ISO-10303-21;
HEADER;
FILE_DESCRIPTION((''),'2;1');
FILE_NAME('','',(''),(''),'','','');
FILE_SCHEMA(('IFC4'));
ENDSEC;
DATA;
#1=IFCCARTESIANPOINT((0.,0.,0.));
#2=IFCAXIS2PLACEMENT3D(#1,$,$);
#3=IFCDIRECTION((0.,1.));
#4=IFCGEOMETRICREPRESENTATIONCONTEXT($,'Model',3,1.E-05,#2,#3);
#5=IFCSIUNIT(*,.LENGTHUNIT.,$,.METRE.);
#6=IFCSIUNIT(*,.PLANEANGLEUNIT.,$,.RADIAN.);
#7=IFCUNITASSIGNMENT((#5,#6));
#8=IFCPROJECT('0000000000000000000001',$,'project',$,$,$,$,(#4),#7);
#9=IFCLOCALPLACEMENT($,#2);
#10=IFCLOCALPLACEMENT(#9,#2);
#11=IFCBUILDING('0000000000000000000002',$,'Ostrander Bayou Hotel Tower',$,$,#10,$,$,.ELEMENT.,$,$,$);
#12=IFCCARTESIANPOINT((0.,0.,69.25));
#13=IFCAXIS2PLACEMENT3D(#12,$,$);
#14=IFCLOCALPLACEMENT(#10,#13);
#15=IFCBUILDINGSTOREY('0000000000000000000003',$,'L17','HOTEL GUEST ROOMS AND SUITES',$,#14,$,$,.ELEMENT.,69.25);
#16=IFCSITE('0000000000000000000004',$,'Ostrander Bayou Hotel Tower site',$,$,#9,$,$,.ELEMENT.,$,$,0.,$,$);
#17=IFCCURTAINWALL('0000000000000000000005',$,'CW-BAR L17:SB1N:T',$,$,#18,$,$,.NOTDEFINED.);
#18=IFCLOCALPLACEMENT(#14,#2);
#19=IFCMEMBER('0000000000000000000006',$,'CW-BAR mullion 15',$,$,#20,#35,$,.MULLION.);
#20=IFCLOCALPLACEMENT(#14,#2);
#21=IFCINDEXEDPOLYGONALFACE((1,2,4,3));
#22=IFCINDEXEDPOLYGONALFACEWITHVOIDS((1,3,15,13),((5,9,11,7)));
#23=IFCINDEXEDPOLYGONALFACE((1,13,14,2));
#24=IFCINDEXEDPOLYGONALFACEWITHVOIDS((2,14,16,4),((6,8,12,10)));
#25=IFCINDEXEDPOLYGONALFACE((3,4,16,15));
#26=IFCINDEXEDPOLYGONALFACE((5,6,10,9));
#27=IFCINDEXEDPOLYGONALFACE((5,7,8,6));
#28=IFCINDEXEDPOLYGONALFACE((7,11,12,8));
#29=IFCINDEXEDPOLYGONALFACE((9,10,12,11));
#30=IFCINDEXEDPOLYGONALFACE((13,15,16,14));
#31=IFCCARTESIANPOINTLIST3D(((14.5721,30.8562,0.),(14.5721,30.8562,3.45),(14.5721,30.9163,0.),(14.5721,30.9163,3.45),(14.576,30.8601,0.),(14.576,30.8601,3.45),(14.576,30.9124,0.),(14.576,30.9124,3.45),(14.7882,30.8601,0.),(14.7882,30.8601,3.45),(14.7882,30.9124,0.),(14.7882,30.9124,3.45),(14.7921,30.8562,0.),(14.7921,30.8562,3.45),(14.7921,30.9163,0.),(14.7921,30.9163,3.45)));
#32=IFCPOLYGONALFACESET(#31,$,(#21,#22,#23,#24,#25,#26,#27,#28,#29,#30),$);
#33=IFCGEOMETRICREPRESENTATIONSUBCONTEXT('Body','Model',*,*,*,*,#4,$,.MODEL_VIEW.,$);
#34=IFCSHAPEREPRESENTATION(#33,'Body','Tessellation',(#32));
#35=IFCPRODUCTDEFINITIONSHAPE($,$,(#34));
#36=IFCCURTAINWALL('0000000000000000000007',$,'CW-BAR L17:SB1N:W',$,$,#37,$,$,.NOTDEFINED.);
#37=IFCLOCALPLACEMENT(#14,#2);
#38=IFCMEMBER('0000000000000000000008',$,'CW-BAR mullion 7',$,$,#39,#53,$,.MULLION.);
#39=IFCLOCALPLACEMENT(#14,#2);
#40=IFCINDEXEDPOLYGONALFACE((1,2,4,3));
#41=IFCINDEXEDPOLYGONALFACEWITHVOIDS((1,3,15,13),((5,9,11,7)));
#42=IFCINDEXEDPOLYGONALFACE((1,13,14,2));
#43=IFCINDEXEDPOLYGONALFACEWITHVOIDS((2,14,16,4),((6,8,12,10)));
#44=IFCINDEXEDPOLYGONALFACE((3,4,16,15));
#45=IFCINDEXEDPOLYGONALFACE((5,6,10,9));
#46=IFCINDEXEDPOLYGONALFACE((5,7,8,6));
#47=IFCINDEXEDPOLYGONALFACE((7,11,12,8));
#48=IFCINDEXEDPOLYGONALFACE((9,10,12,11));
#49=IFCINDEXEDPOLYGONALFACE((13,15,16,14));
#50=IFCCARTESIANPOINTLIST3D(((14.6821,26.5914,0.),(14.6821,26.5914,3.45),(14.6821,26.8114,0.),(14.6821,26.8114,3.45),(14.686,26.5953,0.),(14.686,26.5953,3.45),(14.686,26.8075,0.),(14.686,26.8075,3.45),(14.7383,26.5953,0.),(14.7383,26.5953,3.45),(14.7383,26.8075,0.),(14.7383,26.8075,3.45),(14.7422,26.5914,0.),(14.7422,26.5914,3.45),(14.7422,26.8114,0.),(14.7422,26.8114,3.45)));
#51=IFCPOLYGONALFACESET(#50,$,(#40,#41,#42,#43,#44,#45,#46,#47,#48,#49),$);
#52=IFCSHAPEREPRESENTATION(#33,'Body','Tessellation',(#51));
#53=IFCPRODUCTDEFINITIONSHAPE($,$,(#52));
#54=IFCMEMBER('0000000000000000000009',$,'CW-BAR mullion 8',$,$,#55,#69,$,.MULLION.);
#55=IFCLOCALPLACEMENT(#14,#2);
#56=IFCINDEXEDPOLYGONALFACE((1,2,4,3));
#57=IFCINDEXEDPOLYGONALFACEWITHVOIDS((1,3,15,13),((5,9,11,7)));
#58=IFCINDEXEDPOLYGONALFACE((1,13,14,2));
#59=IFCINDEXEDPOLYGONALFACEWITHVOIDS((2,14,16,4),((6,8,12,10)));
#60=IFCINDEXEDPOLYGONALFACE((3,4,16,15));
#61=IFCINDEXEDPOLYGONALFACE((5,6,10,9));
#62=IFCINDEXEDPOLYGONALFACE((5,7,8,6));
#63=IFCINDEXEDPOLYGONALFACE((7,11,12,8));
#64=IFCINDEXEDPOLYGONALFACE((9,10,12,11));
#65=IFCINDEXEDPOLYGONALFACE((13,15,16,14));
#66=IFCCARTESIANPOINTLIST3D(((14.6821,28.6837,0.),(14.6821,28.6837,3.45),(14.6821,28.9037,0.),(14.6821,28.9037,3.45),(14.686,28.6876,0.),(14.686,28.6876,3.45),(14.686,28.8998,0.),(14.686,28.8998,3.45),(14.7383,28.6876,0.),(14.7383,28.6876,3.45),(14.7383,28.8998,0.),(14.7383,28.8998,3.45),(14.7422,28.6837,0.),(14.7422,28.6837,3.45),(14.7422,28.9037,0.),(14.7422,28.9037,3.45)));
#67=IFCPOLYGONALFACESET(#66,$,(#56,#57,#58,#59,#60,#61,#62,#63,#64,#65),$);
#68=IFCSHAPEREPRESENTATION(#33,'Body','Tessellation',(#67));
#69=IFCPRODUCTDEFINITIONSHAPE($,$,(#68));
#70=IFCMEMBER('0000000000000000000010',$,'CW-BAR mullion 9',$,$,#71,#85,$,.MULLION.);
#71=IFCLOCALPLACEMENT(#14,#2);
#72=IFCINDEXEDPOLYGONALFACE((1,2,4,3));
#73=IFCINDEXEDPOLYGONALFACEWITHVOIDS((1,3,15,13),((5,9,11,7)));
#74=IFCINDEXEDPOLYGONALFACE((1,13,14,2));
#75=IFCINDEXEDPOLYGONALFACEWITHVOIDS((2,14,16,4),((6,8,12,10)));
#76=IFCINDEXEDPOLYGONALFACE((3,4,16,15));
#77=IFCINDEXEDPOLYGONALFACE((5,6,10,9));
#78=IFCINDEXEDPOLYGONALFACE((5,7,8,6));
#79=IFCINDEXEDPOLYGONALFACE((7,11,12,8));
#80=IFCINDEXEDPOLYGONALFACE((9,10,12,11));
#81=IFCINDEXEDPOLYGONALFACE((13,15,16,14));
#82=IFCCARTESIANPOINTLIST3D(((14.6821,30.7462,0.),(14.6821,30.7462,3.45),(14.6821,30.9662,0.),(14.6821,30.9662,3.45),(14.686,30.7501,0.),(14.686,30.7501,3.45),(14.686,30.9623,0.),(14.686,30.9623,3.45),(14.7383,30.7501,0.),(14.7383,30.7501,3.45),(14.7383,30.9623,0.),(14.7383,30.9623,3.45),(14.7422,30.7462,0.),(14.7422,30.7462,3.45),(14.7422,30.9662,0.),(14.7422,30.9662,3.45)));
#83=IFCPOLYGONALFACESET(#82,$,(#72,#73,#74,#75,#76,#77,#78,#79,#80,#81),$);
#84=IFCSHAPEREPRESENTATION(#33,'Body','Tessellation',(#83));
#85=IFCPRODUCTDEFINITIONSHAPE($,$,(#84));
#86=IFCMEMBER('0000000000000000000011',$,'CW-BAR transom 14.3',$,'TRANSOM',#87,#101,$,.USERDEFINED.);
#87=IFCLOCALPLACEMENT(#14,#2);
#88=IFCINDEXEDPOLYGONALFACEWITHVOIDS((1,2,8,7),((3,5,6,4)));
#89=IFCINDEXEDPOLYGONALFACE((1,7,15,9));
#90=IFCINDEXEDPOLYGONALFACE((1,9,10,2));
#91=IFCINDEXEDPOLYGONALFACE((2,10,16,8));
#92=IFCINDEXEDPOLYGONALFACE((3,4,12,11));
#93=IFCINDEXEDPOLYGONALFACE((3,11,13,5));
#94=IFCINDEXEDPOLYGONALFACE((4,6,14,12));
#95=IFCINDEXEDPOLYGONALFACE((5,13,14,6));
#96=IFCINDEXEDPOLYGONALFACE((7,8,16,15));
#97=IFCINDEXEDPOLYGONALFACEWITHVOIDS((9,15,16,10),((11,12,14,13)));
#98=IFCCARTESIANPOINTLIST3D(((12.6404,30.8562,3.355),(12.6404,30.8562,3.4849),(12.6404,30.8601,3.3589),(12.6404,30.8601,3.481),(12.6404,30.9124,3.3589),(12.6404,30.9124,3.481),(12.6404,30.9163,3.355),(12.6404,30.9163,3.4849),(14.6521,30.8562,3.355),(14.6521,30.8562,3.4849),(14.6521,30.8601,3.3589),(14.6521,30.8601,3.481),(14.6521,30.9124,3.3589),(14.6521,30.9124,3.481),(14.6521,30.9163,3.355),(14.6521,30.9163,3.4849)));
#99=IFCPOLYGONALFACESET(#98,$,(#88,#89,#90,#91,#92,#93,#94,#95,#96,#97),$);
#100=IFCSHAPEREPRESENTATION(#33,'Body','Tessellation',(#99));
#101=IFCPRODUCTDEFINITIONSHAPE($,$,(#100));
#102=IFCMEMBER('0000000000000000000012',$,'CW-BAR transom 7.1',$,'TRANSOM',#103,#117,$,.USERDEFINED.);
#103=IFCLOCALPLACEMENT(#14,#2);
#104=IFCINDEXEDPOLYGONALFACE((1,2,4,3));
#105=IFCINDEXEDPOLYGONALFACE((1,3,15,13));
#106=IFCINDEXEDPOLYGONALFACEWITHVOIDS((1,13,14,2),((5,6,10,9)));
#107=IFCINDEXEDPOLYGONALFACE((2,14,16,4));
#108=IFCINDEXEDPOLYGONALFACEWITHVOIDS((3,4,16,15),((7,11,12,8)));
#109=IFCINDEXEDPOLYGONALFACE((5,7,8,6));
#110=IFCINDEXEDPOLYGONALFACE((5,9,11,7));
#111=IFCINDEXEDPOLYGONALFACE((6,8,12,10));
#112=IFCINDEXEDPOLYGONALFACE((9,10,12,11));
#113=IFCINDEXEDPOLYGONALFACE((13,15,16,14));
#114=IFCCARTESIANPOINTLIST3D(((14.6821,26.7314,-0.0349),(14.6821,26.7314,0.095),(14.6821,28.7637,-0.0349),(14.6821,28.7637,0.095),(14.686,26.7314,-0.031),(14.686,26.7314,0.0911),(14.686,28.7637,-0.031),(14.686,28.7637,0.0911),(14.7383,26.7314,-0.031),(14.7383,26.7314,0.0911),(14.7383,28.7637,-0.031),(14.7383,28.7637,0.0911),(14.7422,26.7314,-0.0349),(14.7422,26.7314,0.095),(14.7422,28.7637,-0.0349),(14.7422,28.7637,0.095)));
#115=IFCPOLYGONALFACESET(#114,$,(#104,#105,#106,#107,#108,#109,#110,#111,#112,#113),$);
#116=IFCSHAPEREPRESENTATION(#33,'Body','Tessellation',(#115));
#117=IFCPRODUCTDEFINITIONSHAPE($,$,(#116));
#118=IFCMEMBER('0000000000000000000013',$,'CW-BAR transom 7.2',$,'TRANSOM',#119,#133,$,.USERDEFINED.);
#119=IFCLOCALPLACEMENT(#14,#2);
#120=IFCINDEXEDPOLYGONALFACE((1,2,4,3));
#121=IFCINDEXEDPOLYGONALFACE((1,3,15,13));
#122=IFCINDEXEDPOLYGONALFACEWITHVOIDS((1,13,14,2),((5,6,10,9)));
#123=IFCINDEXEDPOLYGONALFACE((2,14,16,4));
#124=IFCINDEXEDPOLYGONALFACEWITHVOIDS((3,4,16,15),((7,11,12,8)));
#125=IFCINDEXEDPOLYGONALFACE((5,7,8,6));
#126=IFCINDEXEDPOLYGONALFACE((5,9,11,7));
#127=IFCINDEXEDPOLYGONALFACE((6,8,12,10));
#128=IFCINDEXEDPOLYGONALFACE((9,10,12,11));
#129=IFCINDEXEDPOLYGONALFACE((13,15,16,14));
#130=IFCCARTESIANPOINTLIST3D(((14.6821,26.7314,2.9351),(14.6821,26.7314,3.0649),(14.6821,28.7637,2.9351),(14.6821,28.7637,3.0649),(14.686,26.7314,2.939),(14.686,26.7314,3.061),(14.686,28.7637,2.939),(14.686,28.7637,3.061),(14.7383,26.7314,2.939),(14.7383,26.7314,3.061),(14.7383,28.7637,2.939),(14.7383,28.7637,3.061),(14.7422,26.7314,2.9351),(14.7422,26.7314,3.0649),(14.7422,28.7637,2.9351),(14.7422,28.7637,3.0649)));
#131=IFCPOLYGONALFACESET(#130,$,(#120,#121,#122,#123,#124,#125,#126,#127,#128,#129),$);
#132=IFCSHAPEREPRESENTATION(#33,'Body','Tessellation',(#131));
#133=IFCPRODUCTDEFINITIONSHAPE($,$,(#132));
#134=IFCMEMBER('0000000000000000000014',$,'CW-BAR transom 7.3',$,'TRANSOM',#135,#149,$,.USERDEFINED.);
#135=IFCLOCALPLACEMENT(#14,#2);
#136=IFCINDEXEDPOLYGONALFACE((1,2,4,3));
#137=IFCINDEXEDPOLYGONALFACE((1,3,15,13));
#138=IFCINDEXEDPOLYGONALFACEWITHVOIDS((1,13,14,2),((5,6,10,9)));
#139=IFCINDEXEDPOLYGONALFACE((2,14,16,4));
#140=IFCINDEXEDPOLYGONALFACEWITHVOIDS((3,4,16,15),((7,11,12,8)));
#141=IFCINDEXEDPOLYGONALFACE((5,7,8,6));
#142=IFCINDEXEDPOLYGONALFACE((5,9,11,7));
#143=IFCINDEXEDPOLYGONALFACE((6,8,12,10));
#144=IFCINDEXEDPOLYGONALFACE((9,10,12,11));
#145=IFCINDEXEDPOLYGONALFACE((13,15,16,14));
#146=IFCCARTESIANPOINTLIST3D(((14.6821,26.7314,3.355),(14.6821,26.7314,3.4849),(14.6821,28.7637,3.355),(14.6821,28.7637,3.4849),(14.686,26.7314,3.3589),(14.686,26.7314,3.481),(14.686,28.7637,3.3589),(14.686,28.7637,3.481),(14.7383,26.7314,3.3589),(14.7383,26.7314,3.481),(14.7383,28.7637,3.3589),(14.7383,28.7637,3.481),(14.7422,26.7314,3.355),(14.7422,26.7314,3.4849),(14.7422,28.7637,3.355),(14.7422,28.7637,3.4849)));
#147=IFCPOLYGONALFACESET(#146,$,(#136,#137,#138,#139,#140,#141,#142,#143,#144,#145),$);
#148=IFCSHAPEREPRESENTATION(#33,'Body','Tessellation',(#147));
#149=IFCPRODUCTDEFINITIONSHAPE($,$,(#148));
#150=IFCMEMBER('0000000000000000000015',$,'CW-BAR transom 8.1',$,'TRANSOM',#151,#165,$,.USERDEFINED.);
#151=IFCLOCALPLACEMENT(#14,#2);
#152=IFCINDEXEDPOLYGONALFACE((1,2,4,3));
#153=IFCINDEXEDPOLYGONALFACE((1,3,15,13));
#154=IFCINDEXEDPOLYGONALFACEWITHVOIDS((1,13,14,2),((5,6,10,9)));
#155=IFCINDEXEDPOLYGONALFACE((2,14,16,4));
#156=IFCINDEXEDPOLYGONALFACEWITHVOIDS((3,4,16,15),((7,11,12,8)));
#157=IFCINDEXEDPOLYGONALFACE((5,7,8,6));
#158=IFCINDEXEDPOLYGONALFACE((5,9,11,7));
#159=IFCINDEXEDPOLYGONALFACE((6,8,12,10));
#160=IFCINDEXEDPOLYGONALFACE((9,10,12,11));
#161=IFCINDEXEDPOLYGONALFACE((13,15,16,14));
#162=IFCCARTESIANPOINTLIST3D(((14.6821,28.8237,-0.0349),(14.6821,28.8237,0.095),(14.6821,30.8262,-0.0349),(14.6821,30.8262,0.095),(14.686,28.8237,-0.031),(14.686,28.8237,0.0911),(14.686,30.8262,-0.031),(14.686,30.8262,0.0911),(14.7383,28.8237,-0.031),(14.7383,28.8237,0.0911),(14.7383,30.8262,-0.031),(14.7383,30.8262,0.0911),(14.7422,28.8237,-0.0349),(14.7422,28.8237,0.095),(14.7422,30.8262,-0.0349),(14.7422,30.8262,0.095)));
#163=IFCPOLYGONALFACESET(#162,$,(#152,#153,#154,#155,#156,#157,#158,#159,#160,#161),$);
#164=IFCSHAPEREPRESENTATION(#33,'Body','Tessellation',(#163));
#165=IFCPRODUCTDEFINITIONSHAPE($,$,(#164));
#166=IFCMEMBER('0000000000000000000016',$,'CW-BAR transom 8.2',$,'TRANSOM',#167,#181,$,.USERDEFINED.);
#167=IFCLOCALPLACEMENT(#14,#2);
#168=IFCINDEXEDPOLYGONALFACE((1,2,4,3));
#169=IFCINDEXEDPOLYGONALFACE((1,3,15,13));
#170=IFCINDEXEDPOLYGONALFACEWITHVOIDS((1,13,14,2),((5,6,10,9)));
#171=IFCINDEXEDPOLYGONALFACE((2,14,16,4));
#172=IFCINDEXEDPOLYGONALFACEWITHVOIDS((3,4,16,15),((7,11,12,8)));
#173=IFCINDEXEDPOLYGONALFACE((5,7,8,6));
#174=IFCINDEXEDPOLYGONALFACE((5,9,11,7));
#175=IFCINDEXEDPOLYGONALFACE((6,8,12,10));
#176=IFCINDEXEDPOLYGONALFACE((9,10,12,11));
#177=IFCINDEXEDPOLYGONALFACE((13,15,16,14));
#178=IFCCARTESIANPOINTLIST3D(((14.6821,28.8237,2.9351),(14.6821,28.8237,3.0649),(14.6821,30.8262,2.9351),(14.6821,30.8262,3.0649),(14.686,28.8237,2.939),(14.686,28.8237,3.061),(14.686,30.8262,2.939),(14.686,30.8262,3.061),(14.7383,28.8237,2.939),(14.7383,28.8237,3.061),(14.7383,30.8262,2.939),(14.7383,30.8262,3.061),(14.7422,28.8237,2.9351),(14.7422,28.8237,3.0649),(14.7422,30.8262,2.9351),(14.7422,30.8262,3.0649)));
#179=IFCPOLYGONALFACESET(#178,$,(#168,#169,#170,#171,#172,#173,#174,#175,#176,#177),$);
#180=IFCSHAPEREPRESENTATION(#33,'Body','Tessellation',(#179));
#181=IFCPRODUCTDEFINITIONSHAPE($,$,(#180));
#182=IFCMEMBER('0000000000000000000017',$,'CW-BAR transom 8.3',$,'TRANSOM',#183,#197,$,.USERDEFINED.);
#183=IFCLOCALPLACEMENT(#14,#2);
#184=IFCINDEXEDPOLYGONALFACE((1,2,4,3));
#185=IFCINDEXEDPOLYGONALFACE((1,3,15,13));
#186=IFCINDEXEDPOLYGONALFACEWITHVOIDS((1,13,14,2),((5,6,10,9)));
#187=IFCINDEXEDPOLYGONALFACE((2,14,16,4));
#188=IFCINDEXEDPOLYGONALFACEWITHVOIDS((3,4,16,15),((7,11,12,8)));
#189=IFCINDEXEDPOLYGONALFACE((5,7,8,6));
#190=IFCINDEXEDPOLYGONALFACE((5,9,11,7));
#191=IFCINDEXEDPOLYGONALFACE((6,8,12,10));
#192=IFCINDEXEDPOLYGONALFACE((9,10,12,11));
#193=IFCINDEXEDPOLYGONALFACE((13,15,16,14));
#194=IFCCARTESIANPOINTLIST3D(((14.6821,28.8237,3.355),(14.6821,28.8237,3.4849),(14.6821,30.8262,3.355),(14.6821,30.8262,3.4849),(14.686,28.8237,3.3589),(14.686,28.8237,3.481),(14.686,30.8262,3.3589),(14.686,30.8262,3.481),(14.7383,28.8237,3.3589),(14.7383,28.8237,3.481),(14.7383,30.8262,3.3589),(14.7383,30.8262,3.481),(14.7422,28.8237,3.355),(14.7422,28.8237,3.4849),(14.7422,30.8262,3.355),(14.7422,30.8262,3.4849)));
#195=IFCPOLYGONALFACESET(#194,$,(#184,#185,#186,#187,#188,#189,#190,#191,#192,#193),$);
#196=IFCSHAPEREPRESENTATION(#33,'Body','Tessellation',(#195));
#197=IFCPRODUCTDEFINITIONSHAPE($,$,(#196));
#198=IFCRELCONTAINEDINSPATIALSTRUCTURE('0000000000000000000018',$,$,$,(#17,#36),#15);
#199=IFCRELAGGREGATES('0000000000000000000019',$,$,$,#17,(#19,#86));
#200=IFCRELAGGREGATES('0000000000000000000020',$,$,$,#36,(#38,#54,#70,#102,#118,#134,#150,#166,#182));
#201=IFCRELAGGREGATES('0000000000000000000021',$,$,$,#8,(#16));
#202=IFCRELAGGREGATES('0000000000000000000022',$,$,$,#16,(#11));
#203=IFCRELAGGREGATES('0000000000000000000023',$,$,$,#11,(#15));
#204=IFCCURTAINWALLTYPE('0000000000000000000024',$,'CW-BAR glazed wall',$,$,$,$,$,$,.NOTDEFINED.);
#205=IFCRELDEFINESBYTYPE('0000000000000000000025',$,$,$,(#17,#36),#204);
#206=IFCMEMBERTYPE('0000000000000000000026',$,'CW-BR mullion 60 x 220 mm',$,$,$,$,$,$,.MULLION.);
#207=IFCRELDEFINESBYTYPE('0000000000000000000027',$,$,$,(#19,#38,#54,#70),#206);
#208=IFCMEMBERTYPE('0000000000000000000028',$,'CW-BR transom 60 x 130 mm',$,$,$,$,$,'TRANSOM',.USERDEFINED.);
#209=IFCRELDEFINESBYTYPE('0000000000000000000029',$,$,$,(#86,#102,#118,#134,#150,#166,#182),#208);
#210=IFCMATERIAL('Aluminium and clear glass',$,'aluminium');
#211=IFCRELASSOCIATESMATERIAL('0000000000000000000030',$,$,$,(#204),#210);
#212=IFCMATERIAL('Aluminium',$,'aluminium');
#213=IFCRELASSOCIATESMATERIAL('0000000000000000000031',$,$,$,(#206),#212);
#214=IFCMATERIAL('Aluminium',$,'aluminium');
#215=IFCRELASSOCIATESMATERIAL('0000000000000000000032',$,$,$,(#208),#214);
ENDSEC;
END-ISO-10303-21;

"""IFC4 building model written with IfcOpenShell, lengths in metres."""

from ifc_helpers import new_model, si_unit, direction, frame, origin, origin_2d, place, context, subcontext, project, spatial, hollow_rectangle, extrude, material, material_profile, profile_set, type_object, element, aggregate, save


model = new_model("IFC4")

# Units and contexts
model_context = context("Model", 3, precision=1e-05, world=origin(), true_north=direction((0.0, 1.0)))
body_context = subcontext(model_context, "Body", "Model", "MODEL_VIEW")
ifc_project = project(units=[si_unit("LENGTHUNIT", "METRE"), si_unit("PLANEANGLEUNIT", "RADIAN")], contexts=[model_context])

# Site, building, storey
site_placement = place(None, origin())
site = spatial("IfcSite", under=ifc_project, at=site_placement, Name="Ostrander Bayou Hotel Tower site", CompositionType="ELEMENT", RefElevation=0.0)
building_placement = place(site_placement, origin())
building = spatial("IfcBuilding", under=site, at=building_placement, Name="Ostrander Bayou Hotel Tower", CompositionType="ELEMENT")
storey_placement = place(building_placement, frame((0.0, 0.0, 69.25)))
storey = spatial("IfcBuildingStorey", under=building, at=storey_placement, Name="L17", Description="HOTEL GUEST ROOMS AND SUITES", CompositionType="ELEMENT", Elevation=69.25)

# Curtain wall, member
ifc_material_1 = material(Name="Aluminium and clear glass", Category="aluminium")
curtain_wall_type = type_object("IfcCurtainWallType", Name="CW-BAR glazed wall", PredefinedType="NOTDEFINED", material=ifc_material_1)
curtain_wall_1_placement = place(storey_placement, origin())
curtain_wall_1 = element("IfcCurtainWall", 1, at=curtain_wall_1_placement, inside=storey, type_object=curtain_wall_type, Name="CW-BAR L17:SB1N:T", PredefinedType="NOTDEFINED")
ifc_material_2 = material(Name="Aluminium", Category="aluminium")
ifc_material_profile_1 = material_profile(ifc_material_2, hollow_rectangle(XDim=0.0601, YDim=0.22, WallThickness=0.0039, at=origin_2d()))
ifc_profile_set_1 = profile_set([ifc_material_profile_1], Name="Aluminium")
member_type_1 = type_object("IfcMemberType", Name="CW-BR mullion 60 x 220 mm", PredefinedType="MULLION", material=ifc_profile_set_1)
member_1_placement = place(storey_placement, frame((14.6821, 30.8862, 0.0), z_axis=(0.0, 0.0, 1.0), x_axis=(0.0, 1.0, 0.0)))
member_1 = element("IfcMember", 2, at=member_1_placement, type_object=member_type_1, Name="CW-BAR mullion 15", PredefinedType="MULLION", context=body_context, shape_type="SweptSolid", body=[
    extrude(hollow_rectangle(XDim=0.0601, YDim=0.22, WallThickness=0.0039, at=origin_2d()), origin(), (0.0, 0.0, 1.0), 3.45),
])

# Curtain wall, members
curtain_wall_2_placement = place(storey_placement, origin())
curtain_wall_2 = element("IfcCurtainWall", 3, at=curtain_wall_2_placement, inside=storey, type_object=curtain_wall_type, Name="CW-BAR L17:SB1N:W", PredefinedType="NOTDEFINED")
member_2_placement = place(storey_placement, frame((14.7122, 26.7014, 0.0), z_axis=(0.0, 0.0, 1.0), x_axis=(-1.0, 0.0, 0.0)))
member_2 = element("IfcMember", 4, at=member_2_placement, type_object=member_type_1, Name="CW-BAR mullion 7", PredefinedType="MULLION", context=body_context, shape_type="SweptSolid", body=[
    extrude(hollow_rectangle(XDim=0.0601, YDim=0.22, WallThickness=0.0039, at=origin_2d()), origin(), (0.0, 0.0, 1.0), 3.45),
])
member_3_placement = place(storey_placement, frame((14.7122, 28.7937, 0.0), z_axis=(0.0, 0.0, 1.0), x_axis=(-1.0, 0.0, 0.0)))
member_3 = element("IfcMember", 5, at=member_3_placement, type_object=member_type_1, Name="CW-BAR mullion 8", PredefinedType="MULLION", context=body_context, shape_type="SweptSolid", body=[
    extrude(hollow_rectangle(XDim=0.0601, YDim=0.22, WallThickness=0.0039, at=origin_2d()), origin(), (0.0, 0.0, 1.0), 3.45),
])
member_4_placement = place(storey_placement, frame((14.7122, 30.8562, 0.0), z_axis=(0.0, 0.0, 1.0), x_axis=(-1.0, 0.0, 0.0)))
member_4 = element("IfcMember", 6, at=member_4_placement, type_object=member_type_1, Name="CW-BAR mullion 9", PredefinedType="MULLION", context=body_context, shape_type="SweptSolid", body=[
    extrude(hollow_rectangle(XDim=0.0601, YDim=0.22, WallThickness=0.0039, at=origin_2d()), origin(), (0.0, 0.0, 1.0), 3.45),
])

# Members
ifc_material_3 = material(Name="Aluminium", Category="aluminium")
ifc_material_profile_2 = material_profile(ifc_material_3, hollow_rectangle(XDim=0.0601, YDim=0.1299, WallThickness=0.0039, at=origin_2d()))
ifc_profile_set_2 = profile_set([ifc_material_profile_2], Name="Aluminium")
member_type_2 = type_object("IfcMemberType", Name="CW-BR transom 60 x 130 mm", ElementType="TRANSOM", PredefinedType="USERDEFINED", material=ifc_profile_set_2)
member_5_placement = place(storey_placement, frame((12.6404, 30.8862, 3.4199), z_axis=(1.0, 0.0, 0.0), x_axis=(0.0, 1.0, 0.0)))
member_5 = element("IfcMember", 7, at=member_5_placement, type_object=member_type_2, Name="CW-BAR transom 14.3", ObjectType="TRANSOM", PredefinedType="USERDEFINED", context=body_context, shape_type="SweptSolid", body=[
    extrude(hollow_rectangle(XDim=0.0601, YDim=0.1299, WallThickness=0.0039, at=origin_2d()), origin(), (0.0, 0.0, 1.0), 2.0117),
])
member_6_placement = place(storey_placement, frame((14.7122, 26.7314, 0.03), z_axis=(0.0, 1.0, 0.0), x_axis=(-1.0, 0.0, 0.0)))
member_6 = element("IfcMember", 8, at=member_6_placement, type_object=member_type_2, Name="CW-BAR transom 7.1", ObjectType="TRANSOM", PredefinedType="USERDEFINED", context=body_context, shape_type="SweptSolid", body=[
    extrude(hollow_rectangle(XDim=0.0601, YDim=0.1299, WallThickness=0.0039, at=origin_2d()), origin(), (0.0, 0.0, 1.0), 2.0322),
])
member_7_placement = place(storey_placement, frame((14.7122, 26.7314, 3.0), z_axis=(0.0, 1.0, 0.0), x_axis=(-1.0, 0.0, 0.0)))
member_7 = element("IfcMember", 9, at=member_7_placement, type_object=member_type_2, Name="CW-BAR transom 7.2", ObjectType="TRANSOM", PredefinedType="USERDEFINED", context=body_context, shape_type="SweptSolid", body=[
    extrude(hollow_rectangle(XDim=0.0601, YDim=0.1299, WallThickness=0.0039, at=origin_2d()), origin(), (0.0, 0.0, 1.0), 2.0322),
])
member_8_placement = place(storey_placement, frame((14.7122, 26.7314, 3.4199), z_axis=(0.0, 1.0, 0.0), x_axis=(-1.0, 0.0, 0.0)))
member_8 = element("IfcMember", 10, at=member_8_placement, type_object=member_type_2, Name="CW-BAR transom 7.3", ObjectType="TRANSOM", PredefinedType="USERDEFINED", context=body_context, shape_type="SweptSolid", body=[
    extrude(hollow_rectangle(XDim=0.0601, YDim=0.1299, WallThickness=0.0039, at=origin_2d()), origin(), (0.0, 0.0, 1.0), 2.0322),
])
member_9_placement = place(storey_placement, frame((14.7122, 28.8237, 0.03), z_axis=(0.0, 1.0, 0.0), x_axis=(-1.0, 0.0, 0.0)))
member_9 = element("IfcMember", 11, at=member_9_placement, type_object=member_type_2, Name="CW-BAR transom 8.1", ObjectType="TRANSOM", PredefinedType="USERDEFINED", context=body_context, shape_type="SweptSolid", body=[
    extrude(hollow_rectangle(XDim=0.0601, YDim=0.1299, WallThickness=0.0039, at=origin_2d()), origin(), (0.0, 0.0, 1.0), 2.0024),
])
member_10_placement = place(storey_placement, frame((14.7122, 28.8237, 3.0), z_axis=(0.0, 1.0, 0.0), x_axis=(-1.0, 0.0, 0.0)))
member_10 = element("IfcMember", 12, at=member_10_placement, type_object=member_type_2, Name="CW-BAR transom 8.2", ObjectType="TRANSOM", PredefinedType="USERDEFINED", context=body_context, shape_type="SweptSolid", body=[
    extrude(hollow_rectangle(XDim=0.0601, YDim=0.1299, WallThickness=0.0039, at=origin_2d()), origin(), (0.0, 0.0, 1.0), 2.0024),
])
member_11_placement = place(storey_placement, frame((14.7122, 28.8237, 3.4199), z_axis=(0.0, 1.0, 0.0), x_axis=(-1.0, 0.0, 0.0)))
member_11 = element("IfcMember", 13, at=member_11_placement, type_object=member_type_2, Name="CW-BAR transom 8.3", ObjectType="TRANSOM", PredefinedType="USERDEFINED", context=body_context, shape_type="SweptSolid", body=[
    extrude(hollow_rectangle(XDim=0.0601, YDim=0.1299, WallThickness=0.0039, at=origin_2d()), origin(), (0.0, 0.0, 1.0), 2.0024),
])

aggregate(curtain_wall_1, [member_1, member_5])
aggregate(curtain_wall_2, [member_2, member_3, member_4, member_6, member_7, member_8, member_9, member_10, member_11])

save(model, "model.ifc")
